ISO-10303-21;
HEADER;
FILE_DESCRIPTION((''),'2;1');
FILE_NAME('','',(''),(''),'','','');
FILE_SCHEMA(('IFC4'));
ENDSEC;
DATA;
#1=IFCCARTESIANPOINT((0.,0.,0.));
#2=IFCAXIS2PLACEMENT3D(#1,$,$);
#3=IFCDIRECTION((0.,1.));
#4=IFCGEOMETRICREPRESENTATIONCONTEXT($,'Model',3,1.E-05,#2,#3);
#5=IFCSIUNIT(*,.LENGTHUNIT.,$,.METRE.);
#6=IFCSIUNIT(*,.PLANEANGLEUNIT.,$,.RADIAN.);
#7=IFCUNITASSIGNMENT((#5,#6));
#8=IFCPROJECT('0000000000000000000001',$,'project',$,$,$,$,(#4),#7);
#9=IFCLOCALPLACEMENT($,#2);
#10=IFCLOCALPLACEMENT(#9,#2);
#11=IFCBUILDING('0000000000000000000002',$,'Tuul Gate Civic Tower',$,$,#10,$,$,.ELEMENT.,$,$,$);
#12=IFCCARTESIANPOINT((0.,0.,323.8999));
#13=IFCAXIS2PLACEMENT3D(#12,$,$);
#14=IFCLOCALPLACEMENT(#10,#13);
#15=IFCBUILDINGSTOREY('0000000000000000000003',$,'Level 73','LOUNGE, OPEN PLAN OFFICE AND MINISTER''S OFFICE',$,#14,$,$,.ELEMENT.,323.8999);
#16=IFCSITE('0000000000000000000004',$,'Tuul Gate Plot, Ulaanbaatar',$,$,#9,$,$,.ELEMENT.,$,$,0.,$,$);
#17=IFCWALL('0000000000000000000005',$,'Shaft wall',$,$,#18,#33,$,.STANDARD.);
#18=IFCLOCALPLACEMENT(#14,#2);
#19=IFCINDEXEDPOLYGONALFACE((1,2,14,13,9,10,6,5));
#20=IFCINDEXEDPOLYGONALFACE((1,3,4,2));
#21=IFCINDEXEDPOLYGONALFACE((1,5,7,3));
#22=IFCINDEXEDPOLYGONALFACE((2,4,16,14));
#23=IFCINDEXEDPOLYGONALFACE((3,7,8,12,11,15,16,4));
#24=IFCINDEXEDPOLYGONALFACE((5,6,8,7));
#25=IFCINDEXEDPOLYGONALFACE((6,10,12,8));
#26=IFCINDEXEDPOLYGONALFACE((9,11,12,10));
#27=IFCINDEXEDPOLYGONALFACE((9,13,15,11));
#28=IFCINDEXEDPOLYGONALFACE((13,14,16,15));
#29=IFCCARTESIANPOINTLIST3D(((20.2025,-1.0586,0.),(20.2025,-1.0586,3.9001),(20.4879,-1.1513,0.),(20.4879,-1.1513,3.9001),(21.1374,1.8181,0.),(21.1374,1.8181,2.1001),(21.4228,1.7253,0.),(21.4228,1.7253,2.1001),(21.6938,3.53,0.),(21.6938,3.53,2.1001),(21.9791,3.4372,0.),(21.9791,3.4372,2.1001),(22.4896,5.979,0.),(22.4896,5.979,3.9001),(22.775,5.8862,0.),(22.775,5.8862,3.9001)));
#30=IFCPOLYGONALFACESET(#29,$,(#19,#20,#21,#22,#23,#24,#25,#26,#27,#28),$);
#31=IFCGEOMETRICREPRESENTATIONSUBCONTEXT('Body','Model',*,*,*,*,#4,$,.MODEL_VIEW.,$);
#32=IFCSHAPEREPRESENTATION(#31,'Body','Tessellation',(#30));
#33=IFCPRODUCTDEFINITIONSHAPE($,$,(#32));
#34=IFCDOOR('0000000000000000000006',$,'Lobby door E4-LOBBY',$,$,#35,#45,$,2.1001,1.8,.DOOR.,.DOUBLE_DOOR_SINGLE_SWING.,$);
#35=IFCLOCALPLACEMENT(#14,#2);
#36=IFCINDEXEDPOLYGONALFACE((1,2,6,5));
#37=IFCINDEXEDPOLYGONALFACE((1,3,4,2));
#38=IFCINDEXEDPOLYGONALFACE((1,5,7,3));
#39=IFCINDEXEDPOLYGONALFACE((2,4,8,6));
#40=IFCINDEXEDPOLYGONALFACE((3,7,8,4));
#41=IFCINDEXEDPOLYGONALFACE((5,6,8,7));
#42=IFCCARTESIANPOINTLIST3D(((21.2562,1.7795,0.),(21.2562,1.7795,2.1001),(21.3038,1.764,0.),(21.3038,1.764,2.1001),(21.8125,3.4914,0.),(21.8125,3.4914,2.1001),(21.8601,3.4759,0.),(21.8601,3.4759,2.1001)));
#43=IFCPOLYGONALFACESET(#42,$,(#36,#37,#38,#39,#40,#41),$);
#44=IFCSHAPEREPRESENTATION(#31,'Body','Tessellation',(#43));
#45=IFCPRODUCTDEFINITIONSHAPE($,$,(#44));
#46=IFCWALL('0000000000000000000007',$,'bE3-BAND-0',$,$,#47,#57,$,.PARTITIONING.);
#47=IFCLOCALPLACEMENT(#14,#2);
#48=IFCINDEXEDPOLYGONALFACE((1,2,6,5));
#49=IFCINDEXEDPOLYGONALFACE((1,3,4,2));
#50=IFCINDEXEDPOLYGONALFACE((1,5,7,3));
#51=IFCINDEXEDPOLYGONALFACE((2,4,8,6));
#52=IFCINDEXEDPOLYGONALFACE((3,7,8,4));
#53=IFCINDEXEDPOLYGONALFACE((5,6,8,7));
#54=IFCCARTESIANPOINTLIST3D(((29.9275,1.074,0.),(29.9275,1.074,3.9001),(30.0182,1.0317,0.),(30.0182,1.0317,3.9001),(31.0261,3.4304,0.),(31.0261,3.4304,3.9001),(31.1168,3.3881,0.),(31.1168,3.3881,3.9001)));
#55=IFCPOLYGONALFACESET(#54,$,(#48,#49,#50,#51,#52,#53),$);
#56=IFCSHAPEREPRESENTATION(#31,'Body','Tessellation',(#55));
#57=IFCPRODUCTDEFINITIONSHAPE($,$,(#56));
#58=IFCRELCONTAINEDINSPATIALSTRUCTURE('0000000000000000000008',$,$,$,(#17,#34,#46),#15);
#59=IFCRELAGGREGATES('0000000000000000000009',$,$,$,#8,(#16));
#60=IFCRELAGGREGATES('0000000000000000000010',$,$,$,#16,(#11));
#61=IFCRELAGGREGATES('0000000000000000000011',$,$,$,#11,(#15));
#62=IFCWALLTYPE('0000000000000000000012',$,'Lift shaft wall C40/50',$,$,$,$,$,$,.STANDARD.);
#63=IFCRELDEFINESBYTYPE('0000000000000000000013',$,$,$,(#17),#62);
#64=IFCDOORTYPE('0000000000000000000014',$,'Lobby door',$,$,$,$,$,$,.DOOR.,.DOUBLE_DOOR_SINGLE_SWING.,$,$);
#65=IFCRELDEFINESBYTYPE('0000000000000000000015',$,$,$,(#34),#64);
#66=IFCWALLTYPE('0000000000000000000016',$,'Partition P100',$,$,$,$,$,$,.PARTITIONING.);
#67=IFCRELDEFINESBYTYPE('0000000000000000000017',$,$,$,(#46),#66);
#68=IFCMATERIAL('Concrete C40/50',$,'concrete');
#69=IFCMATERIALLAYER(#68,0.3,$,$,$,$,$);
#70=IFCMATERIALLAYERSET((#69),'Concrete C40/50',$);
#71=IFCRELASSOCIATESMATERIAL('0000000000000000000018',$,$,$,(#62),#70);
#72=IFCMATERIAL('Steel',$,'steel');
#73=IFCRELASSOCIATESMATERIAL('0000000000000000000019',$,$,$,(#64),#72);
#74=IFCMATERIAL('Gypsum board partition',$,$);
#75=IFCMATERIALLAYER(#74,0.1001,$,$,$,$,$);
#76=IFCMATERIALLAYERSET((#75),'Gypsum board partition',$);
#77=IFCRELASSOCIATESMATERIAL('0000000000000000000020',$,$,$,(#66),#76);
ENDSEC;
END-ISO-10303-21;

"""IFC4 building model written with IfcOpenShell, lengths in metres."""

from ifc_helpers import new_model, si_unit, direction, frame, frame_2d, origin, place, context, subcontext, project, spatial, rectangle, extrude, material, layer, layer_set, type_object, element, fill, save


model = new_model("IFC4")

# Units and contexts
model_context = context("Model", 3, precision=1e-05, world=origin(), true_north=direction((0.0, 1.0)))
body_context = subcontext(model_context, "Body", "Model", "MODEL_VIEW")
ifc_project = project(units=[si_unit("LENGTHUNIT", "METRE"), si_unit("PLANEANGLEUNIT", "RADIAN")], contexts=[model_context])

# Site, building, storey
site_placement = place(None, origin())
site = spatial("IfcSite", under=ifc_project, at=site_placement, Name="Tuul Gate Plot, Ulaanbaatar", CompositionType="ELEMENT", RefElevation=0.0)
building_placement = place(site_placement, origin())
building = spatial("IfcBuilding", under=site, at=building_placement, Name="Tuul Gate Civic Tower", CompositionType="ELEMENT")
storey_placement = place(building_placement, frame((0.0, 0.0, 323.8999)))
storey = spatial("IfcBuildingStorey", under=building, at=storey_placement, Name="Level 73", Description="LOUNGE, OPEN PLAN OFFICE AND MINISTER'S OFFICE", CompositionType="ELEMENT", Elevation=323.8999)

# Shared definitions
ifc_material_1 = material(Name="Concrete C40/50", Category="concrete")
ifc_layer_1 = layer(ifc_material_1, 0.3)
ifc_layer_set_1 = layer_set([ifc_layer_1], Name="Concrete C40/50")
wall_type_1 = type_object("IfcWallType", Name="Lift shaft wall C40/50", PredefinedType="STANDARD", material=ifc_layer_set_1)

# Wall, opening, door
wall_1_placement = place(storey_placement, frame((20.3452, -1.105, 0.0), z_axis=(0.0, 0.0, 1.0), x_axis=(0.309073, 0.951038, 0.0)))
wall_1 = element("IfcWall", 1, at=wall_1_placement, inside=storey, type_object=wall_type_1, Name="Shaft wall", PredefinedType="STANDARD", context=body_context, shape_type="SweptSolid", body=[
    extrude(rectangle(XDim=7.3999, YDim=0.3, at=frame_2d((3.7, 0.0))), origin(), (0.0, 0.0, 1.0), 3.9001),
])
opening_1_placement = place(wall_1_placement, frame((3.0249, 0.0, 0.0)))
opening_1 = element("IfcOpeningElement", 2, at=opening_1_placement, cuts=wall_1, PredefinedType="OPENING", context=body_context, shape_type="SweptSolid", body=[
    extrude(rectangle(XDim=1.8, YDim=2.1001, at=frame_2d((0.8999, 1.05))), frame((0.0, 0.1602, 0.0), z_axis=(0.0, -1.0, 0.0), x_axis=(1.0, 0.0, 0.0)), (0.0, 0.0, 1.0), 0.3201),
])
ifc_material_2 = material(Name="Steel", Category="steel")
door_type_1 = type_object("IfcDoorType", Name="Lobby door", OperationType="DOUBLE_DOOR_SINGLE_SWING", PredefinedType="DOOR", material=ifc_material_2)
door_1_placement = place(opening_1_placement, frame((1.8, 0.0, 0.0), z_axis=(0.0, 0.0, 1.0), x_axis=(-1.0, 0.0, 0.0)))
door_1 = element("IfcDoor", 3, at=door_1_placement, inside=storey, type_object=door_type_1, Name="Lobby door E4-LOBBY", OperationType="DOUBLE_DOOR_SINGLE_SWING", OverallHeight=2.1001, OverallWidth=1.8, PredefinedType="DOOR", context=body_context, shape_type="SweptSolid", body=[
    extrude(rectangle(XDim=1.8, YDim=2.1001, at=frame_2d((0.9001, 1.05))), frame((0.0, 0.0249, 0.0), z_axis=(0.0, -1.0, 0.0), x_axis=(1.0, 0.0, 0.0)), (0.0, 0.0, 1.0), 0.05),
])
fill(opening_1, door_1)

# Wall
ifc_material_3 = material(Name="Gypsum board partition")
ifc_layer_2 = layer(ifc_material_3, 0.1001)
ifc_layer_set_2 = layer_set([ifc_layer_2], Name="Gypsum board partition")
wall_type_2 = type_object("IfcWallType", Name="Partition P100", PredefinedType="PARTITIONING", material=ifc_layer_set_2)
wall_2_placement = place(storey_placement, frame((29.9729, 1.053, 0.0), z_axis=(0.0, 0.0, 1.0), x_axis=(0.422556, 0.906337, 0.0)))
element("IfcWall", 4, at=wall_2_placement, inside=storey, type_object=wall_type_2, Name="bE3-BAND-0", PredefinedType="PARTITIONING", context=body_context, shape_type="SweptSolid", body=[
    extrude(rectangle(XDim=2.5999, YDim=0.1001, at=frame_2d((1.2998, 0.0))), origin(), (0.0, 0.0, 1.0), 3.9001),
])

save(model, "model.ifc")
